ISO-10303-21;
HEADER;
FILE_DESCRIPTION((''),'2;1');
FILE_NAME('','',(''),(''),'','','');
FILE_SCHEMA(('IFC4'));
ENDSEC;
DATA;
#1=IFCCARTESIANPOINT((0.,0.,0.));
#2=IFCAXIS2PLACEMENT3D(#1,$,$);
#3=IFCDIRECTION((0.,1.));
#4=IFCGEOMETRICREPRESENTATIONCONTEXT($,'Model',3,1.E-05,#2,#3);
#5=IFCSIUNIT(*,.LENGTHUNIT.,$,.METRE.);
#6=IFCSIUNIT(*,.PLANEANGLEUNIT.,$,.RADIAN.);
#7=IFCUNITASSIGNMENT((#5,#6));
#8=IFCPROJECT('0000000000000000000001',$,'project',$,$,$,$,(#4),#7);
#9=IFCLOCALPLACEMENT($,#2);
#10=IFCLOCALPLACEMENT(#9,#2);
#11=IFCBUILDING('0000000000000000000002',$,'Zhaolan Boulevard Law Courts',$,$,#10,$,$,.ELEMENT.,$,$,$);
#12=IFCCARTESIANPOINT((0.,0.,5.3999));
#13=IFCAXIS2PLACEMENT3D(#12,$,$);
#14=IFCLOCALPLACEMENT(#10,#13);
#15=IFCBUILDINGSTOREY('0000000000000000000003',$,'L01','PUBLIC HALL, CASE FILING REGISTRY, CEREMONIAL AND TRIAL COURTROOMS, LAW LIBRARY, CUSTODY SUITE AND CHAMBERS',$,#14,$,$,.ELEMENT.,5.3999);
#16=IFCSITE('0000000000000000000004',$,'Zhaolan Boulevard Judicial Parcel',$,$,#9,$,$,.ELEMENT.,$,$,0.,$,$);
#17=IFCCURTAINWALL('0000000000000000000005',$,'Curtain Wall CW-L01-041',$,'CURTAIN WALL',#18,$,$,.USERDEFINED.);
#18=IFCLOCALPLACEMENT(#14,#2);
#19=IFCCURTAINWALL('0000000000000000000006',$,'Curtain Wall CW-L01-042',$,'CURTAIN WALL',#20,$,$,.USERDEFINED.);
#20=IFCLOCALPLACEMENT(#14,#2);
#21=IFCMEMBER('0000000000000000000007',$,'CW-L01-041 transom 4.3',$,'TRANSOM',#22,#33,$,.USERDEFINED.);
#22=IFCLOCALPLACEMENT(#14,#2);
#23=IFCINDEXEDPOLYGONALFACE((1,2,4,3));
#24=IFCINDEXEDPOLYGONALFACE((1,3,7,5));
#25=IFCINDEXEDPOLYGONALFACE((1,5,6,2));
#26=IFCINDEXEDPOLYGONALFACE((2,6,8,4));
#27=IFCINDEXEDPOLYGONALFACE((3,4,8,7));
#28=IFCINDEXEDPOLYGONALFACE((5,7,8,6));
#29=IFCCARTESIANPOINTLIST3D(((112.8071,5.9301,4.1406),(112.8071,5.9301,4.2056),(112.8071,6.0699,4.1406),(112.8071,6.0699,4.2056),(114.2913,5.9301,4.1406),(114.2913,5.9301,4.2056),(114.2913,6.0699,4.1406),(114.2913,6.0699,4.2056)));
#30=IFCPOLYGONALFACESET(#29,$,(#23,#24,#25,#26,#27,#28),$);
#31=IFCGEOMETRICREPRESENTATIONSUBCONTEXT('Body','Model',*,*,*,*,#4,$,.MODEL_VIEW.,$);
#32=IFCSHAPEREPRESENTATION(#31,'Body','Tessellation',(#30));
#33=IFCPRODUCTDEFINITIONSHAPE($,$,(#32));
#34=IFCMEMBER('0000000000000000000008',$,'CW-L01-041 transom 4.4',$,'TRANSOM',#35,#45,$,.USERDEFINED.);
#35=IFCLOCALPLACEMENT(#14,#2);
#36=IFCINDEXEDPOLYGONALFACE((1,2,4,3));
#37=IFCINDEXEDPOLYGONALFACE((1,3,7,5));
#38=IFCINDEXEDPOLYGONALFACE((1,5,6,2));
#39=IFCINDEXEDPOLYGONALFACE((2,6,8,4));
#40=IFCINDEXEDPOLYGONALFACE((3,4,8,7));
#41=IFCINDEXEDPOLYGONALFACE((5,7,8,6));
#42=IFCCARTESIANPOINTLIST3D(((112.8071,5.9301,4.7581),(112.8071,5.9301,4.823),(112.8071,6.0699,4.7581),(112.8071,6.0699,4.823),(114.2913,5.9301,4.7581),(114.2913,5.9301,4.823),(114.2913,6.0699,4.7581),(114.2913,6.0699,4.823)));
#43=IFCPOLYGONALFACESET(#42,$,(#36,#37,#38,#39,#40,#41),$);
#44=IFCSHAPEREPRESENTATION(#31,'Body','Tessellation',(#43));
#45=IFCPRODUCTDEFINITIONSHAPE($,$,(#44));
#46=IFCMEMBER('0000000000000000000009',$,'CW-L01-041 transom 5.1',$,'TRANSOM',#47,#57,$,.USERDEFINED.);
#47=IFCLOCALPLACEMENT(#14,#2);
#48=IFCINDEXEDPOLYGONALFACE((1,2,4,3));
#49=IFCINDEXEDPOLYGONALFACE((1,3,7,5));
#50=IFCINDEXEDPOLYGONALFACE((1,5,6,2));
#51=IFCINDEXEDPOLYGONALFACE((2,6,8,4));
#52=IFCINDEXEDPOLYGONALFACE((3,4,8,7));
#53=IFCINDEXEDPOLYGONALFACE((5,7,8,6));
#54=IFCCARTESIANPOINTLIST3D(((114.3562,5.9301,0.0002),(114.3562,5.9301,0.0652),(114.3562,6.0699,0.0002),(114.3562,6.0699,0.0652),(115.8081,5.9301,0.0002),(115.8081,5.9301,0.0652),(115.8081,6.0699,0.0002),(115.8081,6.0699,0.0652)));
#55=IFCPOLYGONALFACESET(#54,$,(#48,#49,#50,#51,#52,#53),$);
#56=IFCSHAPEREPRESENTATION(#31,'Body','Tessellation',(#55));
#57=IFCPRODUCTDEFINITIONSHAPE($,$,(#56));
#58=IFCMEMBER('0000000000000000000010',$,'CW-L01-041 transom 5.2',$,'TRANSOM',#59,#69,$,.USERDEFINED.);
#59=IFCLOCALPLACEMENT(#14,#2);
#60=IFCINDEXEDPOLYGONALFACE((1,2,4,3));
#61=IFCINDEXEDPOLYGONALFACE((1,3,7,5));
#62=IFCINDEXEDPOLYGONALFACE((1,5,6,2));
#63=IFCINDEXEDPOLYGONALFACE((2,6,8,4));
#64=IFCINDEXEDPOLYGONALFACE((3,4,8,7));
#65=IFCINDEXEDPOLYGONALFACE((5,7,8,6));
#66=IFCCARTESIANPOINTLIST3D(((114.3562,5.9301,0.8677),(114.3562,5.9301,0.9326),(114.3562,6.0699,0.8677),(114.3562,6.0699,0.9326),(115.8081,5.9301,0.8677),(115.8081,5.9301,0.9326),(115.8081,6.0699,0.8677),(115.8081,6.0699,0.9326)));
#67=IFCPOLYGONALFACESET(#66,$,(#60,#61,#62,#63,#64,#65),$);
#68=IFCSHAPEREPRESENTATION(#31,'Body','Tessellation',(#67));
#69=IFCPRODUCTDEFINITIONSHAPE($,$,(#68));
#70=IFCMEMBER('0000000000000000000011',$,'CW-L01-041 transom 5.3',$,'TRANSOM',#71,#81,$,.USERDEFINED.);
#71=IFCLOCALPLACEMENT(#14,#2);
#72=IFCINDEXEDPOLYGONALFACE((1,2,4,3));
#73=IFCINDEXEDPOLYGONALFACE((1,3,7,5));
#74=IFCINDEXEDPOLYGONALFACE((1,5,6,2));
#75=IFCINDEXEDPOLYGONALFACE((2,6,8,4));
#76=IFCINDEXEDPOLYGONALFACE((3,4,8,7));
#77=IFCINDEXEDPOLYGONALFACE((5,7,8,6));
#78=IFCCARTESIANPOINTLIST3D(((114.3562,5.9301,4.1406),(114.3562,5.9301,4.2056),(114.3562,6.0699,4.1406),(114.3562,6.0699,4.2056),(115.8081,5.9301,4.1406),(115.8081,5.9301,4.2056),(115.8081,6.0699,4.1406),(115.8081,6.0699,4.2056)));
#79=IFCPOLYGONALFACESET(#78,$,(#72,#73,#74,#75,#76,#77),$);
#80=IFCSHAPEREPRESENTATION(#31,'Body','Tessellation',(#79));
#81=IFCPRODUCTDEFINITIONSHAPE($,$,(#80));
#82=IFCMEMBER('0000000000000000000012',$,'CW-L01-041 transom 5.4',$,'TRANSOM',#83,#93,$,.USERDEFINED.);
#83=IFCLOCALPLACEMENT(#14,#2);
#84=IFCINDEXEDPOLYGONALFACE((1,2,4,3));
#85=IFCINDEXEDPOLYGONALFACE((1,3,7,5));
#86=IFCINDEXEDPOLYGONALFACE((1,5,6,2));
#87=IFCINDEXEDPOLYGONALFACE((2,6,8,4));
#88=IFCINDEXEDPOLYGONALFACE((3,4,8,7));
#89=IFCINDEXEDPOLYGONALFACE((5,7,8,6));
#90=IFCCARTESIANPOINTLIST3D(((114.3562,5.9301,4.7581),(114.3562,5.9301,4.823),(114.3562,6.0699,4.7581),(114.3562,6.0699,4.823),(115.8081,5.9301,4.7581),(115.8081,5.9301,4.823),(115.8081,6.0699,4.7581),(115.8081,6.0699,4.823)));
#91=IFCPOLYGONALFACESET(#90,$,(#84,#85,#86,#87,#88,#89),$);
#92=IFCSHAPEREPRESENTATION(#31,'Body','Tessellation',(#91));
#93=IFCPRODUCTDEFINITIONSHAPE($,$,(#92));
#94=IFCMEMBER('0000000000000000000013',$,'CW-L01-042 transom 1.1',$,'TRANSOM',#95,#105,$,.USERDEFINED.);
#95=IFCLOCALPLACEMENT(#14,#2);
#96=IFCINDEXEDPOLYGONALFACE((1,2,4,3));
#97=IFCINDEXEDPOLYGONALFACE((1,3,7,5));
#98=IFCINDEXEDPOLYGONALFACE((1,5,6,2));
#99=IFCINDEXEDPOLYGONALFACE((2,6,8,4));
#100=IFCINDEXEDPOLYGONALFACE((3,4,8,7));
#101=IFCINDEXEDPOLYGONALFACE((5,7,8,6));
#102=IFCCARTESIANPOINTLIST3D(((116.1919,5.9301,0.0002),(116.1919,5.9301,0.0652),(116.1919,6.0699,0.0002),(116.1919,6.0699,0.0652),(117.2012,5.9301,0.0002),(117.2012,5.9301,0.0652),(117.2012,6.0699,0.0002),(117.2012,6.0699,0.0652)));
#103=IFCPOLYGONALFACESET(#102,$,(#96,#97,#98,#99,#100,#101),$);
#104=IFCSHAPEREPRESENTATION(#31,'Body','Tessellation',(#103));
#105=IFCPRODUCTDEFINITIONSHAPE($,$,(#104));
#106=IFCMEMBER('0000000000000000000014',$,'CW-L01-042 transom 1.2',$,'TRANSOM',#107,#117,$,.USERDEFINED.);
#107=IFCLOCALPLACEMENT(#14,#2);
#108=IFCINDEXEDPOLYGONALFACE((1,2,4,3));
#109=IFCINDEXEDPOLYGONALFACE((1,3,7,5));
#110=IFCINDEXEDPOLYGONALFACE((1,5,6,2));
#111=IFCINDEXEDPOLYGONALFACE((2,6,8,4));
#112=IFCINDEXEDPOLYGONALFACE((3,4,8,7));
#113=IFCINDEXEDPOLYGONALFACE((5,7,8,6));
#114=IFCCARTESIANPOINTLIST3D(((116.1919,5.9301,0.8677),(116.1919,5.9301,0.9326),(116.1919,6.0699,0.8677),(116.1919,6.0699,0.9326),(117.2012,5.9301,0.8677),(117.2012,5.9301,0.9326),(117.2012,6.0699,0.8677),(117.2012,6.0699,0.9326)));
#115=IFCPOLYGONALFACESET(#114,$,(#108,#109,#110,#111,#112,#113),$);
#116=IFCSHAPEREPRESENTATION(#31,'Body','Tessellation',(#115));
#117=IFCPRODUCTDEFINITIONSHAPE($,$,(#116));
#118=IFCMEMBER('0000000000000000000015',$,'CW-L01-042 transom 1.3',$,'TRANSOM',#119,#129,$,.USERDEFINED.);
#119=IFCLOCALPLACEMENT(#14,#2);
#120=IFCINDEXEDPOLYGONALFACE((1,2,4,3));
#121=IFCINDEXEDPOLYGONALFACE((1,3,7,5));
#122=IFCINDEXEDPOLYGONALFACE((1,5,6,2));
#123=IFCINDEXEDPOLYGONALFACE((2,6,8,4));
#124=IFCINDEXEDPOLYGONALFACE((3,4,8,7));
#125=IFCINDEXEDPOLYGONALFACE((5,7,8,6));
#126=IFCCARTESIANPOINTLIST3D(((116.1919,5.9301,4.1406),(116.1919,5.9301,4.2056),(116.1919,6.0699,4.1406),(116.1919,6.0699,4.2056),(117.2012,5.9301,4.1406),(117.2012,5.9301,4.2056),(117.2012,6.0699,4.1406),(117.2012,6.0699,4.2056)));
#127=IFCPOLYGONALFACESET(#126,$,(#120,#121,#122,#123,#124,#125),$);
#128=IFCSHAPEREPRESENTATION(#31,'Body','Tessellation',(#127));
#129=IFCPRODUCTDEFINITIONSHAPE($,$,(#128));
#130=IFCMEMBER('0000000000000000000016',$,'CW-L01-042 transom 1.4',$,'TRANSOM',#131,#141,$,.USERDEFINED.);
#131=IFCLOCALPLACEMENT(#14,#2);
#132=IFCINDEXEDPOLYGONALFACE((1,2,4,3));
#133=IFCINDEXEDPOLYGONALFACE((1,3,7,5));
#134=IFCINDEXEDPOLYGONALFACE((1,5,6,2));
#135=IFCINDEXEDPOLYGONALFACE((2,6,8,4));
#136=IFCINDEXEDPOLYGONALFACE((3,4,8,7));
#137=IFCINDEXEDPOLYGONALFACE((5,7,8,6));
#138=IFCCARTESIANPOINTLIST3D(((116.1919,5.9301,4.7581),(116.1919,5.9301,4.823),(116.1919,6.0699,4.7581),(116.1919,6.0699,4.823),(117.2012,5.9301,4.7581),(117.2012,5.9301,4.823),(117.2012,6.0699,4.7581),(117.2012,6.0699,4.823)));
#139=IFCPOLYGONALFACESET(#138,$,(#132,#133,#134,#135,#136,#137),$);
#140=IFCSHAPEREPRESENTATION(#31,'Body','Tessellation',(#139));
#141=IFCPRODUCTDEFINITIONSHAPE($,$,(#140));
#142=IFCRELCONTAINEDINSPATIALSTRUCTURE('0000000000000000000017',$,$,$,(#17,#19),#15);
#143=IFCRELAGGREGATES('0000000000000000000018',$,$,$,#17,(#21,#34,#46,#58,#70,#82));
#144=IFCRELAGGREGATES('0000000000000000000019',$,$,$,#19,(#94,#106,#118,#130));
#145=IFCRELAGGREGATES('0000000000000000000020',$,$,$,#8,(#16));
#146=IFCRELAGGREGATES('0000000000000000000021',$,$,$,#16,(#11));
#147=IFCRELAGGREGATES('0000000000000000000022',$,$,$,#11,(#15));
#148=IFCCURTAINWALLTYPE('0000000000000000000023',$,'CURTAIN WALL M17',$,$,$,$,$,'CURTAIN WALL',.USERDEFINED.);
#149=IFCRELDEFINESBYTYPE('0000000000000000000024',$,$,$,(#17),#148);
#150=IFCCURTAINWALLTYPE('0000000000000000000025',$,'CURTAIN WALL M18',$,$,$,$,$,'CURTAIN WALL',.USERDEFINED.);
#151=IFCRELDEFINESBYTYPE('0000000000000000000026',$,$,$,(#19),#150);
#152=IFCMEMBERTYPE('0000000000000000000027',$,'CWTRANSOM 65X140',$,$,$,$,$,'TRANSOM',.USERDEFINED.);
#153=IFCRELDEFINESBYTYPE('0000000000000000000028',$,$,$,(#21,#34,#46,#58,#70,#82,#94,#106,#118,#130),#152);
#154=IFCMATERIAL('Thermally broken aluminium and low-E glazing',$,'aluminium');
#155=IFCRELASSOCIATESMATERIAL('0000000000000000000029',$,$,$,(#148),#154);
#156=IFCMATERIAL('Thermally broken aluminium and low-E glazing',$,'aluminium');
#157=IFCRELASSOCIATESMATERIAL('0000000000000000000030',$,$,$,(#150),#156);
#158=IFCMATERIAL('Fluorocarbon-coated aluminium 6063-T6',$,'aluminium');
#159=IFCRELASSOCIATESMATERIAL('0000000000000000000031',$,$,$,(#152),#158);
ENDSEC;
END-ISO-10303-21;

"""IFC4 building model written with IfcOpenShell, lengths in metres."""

from ifc_helpers import new_model, si_unit, direction, frame, origin, origin_2d, place, context, subcontext, project, spatial, rectangle, extrude, material, material_profile, profile_set, type_object, element, aggregate, save


model = new_model("IFC4")

# Units and contexts
model_context = context("Model", 3, precision=1e-05, world=origin(), true_north=direction((0.0, 1.0)))
body_context = subcontext(model_context, "Body", "Model", "MODEL_VIEW")
ifc_project = project(units=[si_unit("LENGTHUNIT", "METRE"), si_unit("PLANEANGLEUNIT", "RADIAN")], contexts=[model_context])

# Site, building, storey
site_placement = place(None, origin())
site = spatial("IfcSite", under=ifc_project, at=site_placement, Name="Zhaolan Boulevard Judicial Parcel", CompositionType="ELEMENT", RefElevation=0.0)
building_placement = place(site_placement, origin())
building = spatial("IfcBuilding", under=site, at=building_placement, Name="Zhaolan Boulevard Law Courts", CompositionType="ELEMENT")
storey_placement = place(building_placement, frame((0.0, 0.0, 5.3999)))
storey = spatial("IfcBuildingStorey", under=building, at=storey_placement, Name="L01", Description="PUBLIC HALL, CASE FILING REGISTRY, CEREMONIAL AND TRIAL COURTROOMS, LAW LIBRARY, CUSTODY SUITE AND CHAMBERS", CompositionType="ELEMENT", Elevation=5.3999)

# Curtain wall
ifc_material_1 = material(Name="Thermally broken aluminium and low-E glazing", Category="aluminium")
curtain_wall_type_1 = type_object("IfcCurtainWallType", Name="CURTAIN WALL M17", ElementType="CURTAIN WALL", PredefinedType="USERDEFINED", material=ifc_material_1)
curtain_wall_1_placement = place(storey_placement, origin())
curtain_wall_1 = element("IfcCurtainWall", 1, at=curtain_wall_1_placement, inside=storey, type_object=curtain_wall_type_1, Name="Curtain Wall CW-L01-041", ObjectType="CURTAIN WALL", PredefinedType="USERDEFINED")

# Curtain wall
ifc_material_2 = material(Name="Thermally broken aluminium and low-E glazing", Category="aluminium")
curtain_wall_type_2 = type_object("IfcCurtainWallType", Name="CURTAIN WALL M18", ElementType="CURTAIN WALL", PredefinedType="USERDEFINED", material=ifc_material_2)
curtain_wall_2_placement = place(storey_placement, origin())
curtain_wall_2 = element("IfcCurtainWall", 2, at=curtain_wall_2_placement, inside=storey, type_object=curtain_wall_type_2, Name="Curtain Wall CW-L01-042", ObjectType="CURTAIN WALL", PredefinedType="USERDEFINED")

# Members
ifc_material_3 = material(Name="Fluorocarbon-coated aluminium 6063-T6", Category="aluminium")
ifc_material_profile_1 = material_profile(ifc_material_3, rectangle(XDim=0.1399, YDim=0.0649, at=origin_2d()), Name="AL65x140")
ifc_profile_set_1 = profile_set([ifc_material_profile_1], Name="Fluorocarbon-coated aluminium 6063-T6")
member_type_1 = type_object("IfcMemberType", Name="CWTRANSOM 65X140", ElementType="TRANSOM", PredefinedType="USERDEFINED", material=ifc_profile_set_1)
member_1_placement = place(storey_placement, frame((112.8071, 6.0, 4.1731), z_axis=(1.0, 0.0, 0.0), x_axis=(0.0, 1.0, 0.0)))
member_1 = element("IfcMember", 3, at=member_1_placement, type_object=member_type_1, Name="CW-L01-041 transom 4.3", ObjectType="TRANSOM", PredefinedType="USERDEFINED", context=body_context, shape_type="SweptSolid", body=[
    extrude(rectangle(XDim=0.1399, YDim=0.0649, at=origin_2d()), origin(), (0.0, 0.0, 1.0), 1.4841),
])
member_2_placement = place(storey_placement, frame((112.8071, 6.0, 4.7905), z_axis=(1.0, 0.0, 0.0), x_axis=(0.0, 1.0, 0.0)))
member_2 = element("IfcMember", 4, at=member_2_placement, type_object=member_type_1, Name="CW-L01-041 transom 4.4", ObjectType="TRANSOM", PredefinedType="USERDEFINED", context=body_context, shape_type="SweptSolid", body=[
    extrude(rectangle(XDim=0.1399, YDim=0.0649, at=origin_2d()), origin(), (0.0, 0.0, 1.0), 1.4841),
])
member_3_placement = place(storey_placement, frame((114.3562, 6.0, 0.0327), z_axis=(1.0, 0.0, 0.0), x_axis=(0.0, 1.0, 0.0)))
member_3 = element("IfcMember", 5, at=member_3_placement, type_object=member_type_1, Name="CW-L01-041 transom 5.1", ObjectType="TRANSOM", PredefinedType="USERDEFINED", context=body_context, shape_type="SweptSolid", body=[
    extrude(rectangle(XDim=0.1399, YDim=0.0649, at=origin_2d()), origin(), (0.0, 0.0, 1.0), 1.4519),
])
member_4_placement = place(storey_placement, frame((114.3562, 6.0, 0.9001), z_axis=(1.0, 0.0, 0.0), x_axis=(0.0, 1.0, 0.0)))
member_4 = element("IfcMember", 6, at=member_4_placement, type_object=member_type_1, Name="CW-L01-041 transom 5.2", ObjectType="TRANSOM", PredefinedType="USERDEFINED", context=body_context, shape_type="SweptSolid", body=[
    extrude(rectangle(XDim=0.1399, YDim=0.0649, at=origin_2d()), origin(), (0.0, 0.0, 1.0), 1.4519),
])
member_5_placement = place(storey_placement, frame((114.3562, 6.0, 4.1731), z_axis=(1.0, 0.0, 0.0), x_axis=(0.0, 1.0, 0.0)))
member_5 = element("IfcMember", 7, at=member_5_placement, type_object=member_type_1, Name="CW-L01-041 transom 5.3", ObjectType="TRANSOM", PredefinedType="USERDEFINED", context=body_context, shape_type="SweptSolid", body=[
    extrude(rectangle(XDim=0.1399, YDim=0.0649, at=origin_2d()), origin(), (0.0, 0.0, 1.0), 1.4519),
])
member_6_placement = place(storey_placement, frame((114.3562, 6.0, 4.7905), z_axis=(1.0, 0.0, 0.0), x_axis=(0.0, 1.0, 0.0)))
member_6 = element("IfcMember", 8, at=member_6_placement, type_object=member_type_1, Name="CW-L01-041 transom 5.4", ObjectType="TRANSOM", PredefinedType="USERDEFINED", context=body_context, shape_type="SweptSolid", body=[
    extrude(rectangle(XDim=0.1399, YDim=0.0649, at=origin_2d()), origin(), (0.0, 0.0, 1.0), 1.4519),
])
member_7_placement = place(storey_placement, frame((116.1919, 6.0, 0.0327), z_axis=(1.0, 0.0, 0.0), x_axis=(0.0, 1.0, 0.0)))
member_7 = element("IfcMember", 9, at=member_7_placement, type_object=member_type_1, Name="CW-L01-042 transom 1.1", ObjectType="TRANSOM", PredefinedType="USERDEFINED", context=body_context, shape_type="SweptSolid", body=[
    extrude(rectangle(XDim=0.1399, YDim=0.0649, at=origin_2d()), origin(), (0.0, 0.0, 1.0), 1.0093),
])
member_8_placement = place(storey_placement, frame((116.1919, 6.0, 0.9001), z_axis=(1.0, 0.0, 0.0), x_axis=(0.0, 1.0, 0.0)))
member_8 = element("IfcMember", 10, at=member_8_placement, type_object=member_type_1, Name="CW-L01-042 transom 1.2", ObjectType="TRANSOM", PredefinedType="USERDEFINED", context=body_context, shape_type="SweptSolid", body=[
    extrude(rectangle(XDim=0.1399, YDim=0.0649, at=origin_2d()), origin(), (0.0, 0.0, 1.0), 1.0093),
])
member_9_placement = place(storey_placement, frame((116.1919, 6.0, 4.1731), z_axis=(1.0, 0.0, 0.0), x_axis=(0.0, 1.0, 0.0)))
member_9 = element("IfcMember", 11, at=member_9_placement, type_object=member_type_1, Name="CW-L01-042 transom 1.3", ObjectType="TRANSOM", PredefinedType="USERDEFINED", context=body_context, shape_type="SweptSolid", body=[
    extrude(rectangle(XDim=0.1399, YDim=0.0649, at=origin_2d()), origin(), (0.0, 0.0, 1.0), 1.0093),
])
member_10_placement = place(storey_placement, frame((116.1919, 6.0, 4.7905), z_axis=(1.0, 0.0, 0.0), x_axis=(0.0, 1.0, 0.0)))
member_10 = element("IfcMember", 12, at=member_10_placement, type_object=member_type_1, Name="CW-L01-042 transom 1.4", ObjectType="TRANSOM", PredefinedType="USERDEFINED", context=body_context, shape_type="SweptSolid", body=[
    extrude(rectangle(XDim=0.1399, YDim=0.0649, at=origin_2d()), origin(), (0.0, 0.0, 1.0), 1.0093),
])

aggregate(curtain_wall_1, [member_1, member_2, member_3, member_4, member_5, member_6])
aggregate(curtain_wall_2, [member_7, member_8, member_9, member_10])

save(model, "model.ifc")
